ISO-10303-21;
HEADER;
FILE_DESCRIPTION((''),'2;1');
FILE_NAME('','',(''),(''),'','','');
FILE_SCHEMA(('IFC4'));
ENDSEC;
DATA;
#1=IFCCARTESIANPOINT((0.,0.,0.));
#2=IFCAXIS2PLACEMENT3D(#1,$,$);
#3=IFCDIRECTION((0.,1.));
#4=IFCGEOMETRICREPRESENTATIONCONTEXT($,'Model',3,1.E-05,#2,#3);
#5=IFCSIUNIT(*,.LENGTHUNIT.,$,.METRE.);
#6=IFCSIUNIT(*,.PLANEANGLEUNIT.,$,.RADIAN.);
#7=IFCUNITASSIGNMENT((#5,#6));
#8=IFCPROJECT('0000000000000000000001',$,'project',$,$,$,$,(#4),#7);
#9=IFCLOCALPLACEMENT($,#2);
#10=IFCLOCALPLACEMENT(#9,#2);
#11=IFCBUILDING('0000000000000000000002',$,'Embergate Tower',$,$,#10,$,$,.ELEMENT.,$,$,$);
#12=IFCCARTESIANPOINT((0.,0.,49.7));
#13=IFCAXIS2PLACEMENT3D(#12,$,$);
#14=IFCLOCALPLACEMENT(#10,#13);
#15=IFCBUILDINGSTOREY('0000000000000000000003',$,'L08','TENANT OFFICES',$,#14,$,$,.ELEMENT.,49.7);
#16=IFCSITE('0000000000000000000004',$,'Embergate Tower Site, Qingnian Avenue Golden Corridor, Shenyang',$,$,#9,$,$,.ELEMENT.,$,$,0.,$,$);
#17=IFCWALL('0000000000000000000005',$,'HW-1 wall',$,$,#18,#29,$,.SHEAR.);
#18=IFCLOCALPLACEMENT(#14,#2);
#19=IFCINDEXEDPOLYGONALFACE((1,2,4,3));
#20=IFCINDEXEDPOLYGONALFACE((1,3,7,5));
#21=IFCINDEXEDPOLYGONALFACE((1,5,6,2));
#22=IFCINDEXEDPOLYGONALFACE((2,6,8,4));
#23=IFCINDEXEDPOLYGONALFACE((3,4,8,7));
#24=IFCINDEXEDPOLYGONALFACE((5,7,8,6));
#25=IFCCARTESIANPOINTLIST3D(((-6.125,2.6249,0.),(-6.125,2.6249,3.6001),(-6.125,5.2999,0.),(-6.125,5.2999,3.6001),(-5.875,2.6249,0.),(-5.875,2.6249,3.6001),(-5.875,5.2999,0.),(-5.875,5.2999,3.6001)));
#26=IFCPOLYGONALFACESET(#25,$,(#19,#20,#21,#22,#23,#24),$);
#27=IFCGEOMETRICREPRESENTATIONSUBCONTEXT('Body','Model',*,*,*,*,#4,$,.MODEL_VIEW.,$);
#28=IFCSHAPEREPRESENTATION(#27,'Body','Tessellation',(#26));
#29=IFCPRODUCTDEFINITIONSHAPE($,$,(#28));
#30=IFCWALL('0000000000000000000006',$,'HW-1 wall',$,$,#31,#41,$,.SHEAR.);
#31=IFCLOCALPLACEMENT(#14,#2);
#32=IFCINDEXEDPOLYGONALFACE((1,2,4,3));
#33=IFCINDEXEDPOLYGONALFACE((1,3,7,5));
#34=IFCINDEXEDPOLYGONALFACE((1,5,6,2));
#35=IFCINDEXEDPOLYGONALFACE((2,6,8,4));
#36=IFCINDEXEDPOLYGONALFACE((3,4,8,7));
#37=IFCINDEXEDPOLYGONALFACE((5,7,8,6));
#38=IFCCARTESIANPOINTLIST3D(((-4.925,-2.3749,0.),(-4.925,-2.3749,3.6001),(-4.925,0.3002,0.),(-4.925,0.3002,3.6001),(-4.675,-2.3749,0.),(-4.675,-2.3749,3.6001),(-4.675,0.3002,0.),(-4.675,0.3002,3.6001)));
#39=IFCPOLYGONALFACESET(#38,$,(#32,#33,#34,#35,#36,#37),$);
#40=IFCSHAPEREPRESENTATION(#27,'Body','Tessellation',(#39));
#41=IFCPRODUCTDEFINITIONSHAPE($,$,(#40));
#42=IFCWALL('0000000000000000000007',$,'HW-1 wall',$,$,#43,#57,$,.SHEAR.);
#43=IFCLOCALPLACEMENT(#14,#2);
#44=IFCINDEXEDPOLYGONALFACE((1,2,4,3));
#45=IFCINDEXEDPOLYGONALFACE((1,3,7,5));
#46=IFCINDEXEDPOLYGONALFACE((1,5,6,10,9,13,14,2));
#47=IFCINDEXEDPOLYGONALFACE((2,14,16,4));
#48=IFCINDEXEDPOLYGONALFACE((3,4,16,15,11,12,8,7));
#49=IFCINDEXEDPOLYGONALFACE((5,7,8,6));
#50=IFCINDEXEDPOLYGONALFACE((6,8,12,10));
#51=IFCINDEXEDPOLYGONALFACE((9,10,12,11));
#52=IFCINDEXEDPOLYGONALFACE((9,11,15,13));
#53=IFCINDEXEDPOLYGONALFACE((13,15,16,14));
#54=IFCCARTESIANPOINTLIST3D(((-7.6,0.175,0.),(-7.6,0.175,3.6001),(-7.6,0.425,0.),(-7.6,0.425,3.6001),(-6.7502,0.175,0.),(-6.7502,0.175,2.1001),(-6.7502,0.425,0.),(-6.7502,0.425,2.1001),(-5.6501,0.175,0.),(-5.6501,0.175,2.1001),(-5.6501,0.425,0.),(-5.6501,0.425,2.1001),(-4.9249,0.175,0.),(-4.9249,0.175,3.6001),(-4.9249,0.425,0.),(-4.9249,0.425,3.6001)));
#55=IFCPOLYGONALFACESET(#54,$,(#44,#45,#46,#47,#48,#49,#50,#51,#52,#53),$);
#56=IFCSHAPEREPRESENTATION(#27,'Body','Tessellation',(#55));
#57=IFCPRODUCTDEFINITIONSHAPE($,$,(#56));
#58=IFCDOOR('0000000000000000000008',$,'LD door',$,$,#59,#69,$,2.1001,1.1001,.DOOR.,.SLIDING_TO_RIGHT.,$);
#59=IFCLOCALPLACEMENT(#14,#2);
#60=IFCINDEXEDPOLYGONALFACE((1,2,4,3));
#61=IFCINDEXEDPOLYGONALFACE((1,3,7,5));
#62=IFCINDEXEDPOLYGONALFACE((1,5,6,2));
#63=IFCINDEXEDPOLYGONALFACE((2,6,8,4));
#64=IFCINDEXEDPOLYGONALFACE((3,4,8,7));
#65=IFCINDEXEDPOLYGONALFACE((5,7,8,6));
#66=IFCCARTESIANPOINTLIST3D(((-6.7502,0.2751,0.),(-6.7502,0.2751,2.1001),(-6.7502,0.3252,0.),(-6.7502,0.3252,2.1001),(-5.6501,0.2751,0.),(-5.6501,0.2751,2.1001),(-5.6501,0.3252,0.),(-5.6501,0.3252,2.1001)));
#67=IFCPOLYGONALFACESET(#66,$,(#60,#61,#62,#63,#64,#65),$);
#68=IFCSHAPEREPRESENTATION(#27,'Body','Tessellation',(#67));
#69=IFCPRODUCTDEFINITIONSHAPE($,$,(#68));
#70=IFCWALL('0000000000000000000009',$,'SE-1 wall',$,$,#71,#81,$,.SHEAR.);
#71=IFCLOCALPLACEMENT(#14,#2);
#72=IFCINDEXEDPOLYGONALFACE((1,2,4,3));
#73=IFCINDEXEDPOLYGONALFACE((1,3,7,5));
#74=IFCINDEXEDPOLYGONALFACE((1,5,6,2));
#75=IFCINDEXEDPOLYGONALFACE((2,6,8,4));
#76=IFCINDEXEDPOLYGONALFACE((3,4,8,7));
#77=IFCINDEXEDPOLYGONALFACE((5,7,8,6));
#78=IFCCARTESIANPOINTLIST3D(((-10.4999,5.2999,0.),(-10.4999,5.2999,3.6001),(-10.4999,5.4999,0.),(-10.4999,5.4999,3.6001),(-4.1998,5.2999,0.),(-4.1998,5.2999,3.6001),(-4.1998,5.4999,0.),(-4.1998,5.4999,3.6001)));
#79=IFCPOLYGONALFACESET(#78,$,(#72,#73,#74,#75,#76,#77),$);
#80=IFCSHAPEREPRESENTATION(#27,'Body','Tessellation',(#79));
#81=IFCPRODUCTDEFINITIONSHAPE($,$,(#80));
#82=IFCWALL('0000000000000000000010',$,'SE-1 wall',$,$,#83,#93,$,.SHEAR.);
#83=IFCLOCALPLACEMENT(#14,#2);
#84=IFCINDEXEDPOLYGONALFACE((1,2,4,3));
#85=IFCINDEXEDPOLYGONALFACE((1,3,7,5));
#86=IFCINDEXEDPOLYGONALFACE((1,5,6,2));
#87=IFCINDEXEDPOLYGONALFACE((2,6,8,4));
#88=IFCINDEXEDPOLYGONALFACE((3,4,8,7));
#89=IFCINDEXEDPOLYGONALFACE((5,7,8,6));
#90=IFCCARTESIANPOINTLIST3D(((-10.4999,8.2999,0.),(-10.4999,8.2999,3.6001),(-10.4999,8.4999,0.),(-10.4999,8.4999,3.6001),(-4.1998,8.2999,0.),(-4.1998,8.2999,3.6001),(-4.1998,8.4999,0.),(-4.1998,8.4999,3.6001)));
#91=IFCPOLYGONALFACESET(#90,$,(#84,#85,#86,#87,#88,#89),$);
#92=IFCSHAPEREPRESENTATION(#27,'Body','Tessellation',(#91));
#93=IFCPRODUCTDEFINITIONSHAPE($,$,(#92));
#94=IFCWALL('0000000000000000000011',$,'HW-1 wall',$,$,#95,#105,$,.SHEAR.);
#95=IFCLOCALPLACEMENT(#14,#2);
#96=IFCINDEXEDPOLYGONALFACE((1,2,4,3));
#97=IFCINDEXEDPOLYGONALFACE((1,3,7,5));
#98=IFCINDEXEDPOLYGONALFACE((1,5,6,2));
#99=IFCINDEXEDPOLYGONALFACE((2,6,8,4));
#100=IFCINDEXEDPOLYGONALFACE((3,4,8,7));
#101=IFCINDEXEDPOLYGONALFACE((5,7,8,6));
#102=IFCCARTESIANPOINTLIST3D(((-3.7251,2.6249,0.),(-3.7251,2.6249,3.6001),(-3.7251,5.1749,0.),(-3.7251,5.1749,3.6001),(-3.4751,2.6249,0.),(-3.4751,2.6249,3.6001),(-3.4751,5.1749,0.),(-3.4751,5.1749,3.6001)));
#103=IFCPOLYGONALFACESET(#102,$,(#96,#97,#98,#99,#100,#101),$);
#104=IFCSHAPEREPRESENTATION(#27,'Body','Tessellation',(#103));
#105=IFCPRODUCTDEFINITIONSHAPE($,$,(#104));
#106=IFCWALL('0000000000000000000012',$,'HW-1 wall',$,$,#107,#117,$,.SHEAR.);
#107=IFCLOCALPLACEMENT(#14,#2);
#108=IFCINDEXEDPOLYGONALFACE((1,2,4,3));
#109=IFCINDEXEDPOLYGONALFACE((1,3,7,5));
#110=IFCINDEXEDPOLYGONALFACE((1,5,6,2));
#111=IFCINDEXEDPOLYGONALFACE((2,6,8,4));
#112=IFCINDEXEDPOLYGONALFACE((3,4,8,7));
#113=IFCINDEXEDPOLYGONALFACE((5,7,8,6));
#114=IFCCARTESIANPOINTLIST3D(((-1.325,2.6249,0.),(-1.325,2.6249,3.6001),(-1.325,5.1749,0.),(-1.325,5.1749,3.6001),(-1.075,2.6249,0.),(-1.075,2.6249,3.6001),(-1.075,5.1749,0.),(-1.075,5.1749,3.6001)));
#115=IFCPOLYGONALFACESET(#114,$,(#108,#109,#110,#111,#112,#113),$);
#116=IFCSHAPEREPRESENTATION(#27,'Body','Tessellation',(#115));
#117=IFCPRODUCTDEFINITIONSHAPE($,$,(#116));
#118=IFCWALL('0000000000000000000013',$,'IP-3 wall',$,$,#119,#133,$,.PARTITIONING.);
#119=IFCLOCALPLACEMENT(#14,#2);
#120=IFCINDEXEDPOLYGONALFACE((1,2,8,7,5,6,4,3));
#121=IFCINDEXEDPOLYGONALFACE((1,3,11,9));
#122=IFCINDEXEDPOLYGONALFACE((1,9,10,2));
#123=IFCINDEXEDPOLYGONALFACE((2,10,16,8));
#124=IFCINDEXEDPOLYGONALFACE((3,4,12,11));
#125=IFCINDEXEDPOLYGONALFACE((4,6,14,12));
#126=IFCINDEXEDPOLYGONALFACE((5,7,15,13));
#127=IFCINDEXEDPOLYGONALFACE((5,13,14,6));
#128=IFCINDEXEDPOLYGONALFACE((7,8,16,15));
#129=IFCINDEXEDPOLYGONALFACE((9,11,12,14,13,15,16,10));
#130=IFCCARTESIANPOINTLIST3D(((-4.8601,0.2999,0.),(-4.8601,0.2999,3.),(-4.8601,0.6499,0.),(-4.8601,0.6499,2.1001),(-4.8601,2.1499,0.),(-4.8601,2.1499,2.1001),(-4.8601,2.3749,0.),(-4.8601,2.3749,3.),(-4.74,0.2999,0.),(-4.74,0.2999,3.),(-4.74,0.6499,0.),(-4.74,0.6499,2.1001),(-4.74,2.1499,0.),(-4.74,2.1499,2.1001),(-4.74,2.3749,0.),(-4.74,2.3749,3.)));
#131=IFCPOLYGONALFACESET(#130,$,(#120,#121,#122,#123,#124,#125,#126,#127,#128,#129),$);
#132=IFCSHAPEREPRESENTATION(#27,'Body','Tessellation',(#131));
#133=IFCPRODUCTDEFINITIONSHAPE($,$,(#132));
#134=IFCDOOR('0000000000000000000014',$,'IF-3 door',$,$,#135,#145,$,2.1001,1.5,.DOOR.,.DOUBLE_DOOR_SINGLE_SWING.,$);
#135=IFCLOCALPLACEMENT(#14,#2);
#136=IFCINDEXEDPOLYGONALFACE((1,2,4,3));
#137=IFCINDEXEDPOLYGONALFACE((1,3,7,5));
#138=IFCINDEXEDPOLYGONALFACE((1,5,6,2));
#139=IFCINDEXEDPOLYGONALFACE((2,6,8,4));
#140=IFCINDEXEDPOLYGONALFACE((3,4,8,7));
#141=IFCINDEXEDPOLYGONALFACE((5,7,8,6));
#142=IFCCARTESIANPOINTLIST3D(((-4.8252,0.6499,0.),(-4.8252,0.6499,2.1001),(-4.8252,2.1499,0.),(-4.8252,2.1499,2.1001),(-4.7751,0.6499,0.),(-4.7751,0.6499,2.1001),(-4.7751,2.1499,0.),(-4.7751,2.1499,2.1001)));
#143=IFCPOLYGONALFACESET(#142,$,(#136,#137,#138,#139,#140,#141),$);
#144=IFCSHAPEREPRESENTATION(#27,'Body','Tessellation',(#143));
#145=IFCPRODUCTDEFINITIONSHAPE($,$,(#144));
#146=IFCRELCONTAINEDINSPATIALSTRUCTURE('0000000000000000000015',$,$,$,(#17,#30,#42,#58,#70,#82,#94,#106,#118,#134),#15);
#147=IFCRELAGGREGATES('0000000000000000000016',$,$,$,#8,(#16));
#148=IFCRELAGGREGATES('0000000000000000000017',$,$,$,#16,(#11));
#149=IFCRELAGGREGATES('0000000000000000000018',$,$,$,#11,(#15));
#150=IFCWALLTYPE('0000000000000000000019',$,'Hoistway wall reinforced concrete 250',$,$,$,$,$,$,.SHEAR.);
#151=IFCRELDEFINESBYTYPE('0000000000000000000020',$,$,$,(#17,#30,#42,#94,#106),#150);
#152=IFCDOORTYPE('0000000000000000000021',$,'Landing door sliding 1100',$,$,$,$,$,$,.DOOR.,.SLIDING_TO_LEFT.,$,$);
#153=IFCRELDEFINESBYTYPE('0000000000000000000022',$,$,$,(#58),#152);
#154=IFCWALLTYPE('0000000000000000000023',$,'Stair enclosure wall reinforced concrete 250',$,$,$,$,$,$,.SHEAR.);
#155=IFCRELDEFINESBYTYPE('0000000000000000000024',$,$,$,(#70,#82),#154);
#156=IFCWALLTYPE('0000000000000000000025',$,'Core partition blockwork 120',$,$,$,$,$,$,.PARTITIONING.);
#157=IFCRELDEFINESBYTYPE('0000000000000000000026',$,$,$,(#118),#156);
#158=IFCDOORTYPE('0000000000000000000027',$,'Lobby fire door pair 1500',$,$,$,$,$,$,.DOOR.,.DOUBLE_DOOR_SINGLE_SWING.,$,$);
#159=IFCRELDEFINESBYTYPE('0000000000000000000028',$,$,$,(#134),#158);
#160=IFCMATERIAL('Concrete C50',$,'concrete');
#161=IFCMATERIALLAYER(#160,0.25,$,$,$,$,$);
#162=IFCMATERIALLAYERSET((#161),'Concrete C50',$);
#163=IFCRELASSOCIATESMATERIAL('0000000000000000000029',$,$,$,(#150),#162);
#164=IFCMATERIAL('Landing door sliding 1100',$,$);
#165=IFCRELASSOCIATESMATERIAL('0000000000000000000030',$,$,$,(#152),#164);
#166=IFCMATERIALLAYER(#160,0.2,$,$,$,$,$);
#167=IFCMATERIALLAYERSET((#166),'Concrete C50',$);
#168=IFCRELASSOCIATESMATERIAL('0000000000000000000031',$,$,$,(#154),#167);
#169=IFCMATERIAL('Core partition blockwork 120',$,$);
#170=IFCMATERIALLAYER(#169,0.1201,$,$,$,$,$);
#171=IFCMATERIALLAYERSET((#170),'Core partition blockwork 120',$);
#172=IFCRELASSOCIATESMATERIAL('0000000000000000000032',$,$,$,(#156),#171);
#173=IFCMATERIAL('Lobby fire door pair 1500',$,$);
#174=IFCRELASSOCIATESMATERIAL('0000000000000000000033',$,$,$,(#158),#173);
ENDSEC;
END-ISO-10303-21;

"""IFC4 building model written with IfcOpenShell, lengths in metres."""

from ifc_helpers import new_model, si_unit, direction, frame, frame_2d, origin, place, context, subcontext, project, spatial, rectangle, extrude, source, transform, mapped, material, layer, layer_set, type_object, element, fill, save


model = new_model("IFC4")

# Units and contexts
model_context = context("Model", 3, precision=1e-05, world=origin(), true_north=direction((0.0, 1.0)))
body_context = subcontext(model_context, "Body", "Model", "MODEL_VIEW")
ifc_project = project(units=[si_unit("LENGTHUNIT", "METRE"), si_unit("PLANEANGLEUNIT", "RADIAN")], contexts=[model_context])

# Site, building, storey
site_placement = place(None, origin())
site = spatial("IfcSite", under=ifc_project, at=site_placement, Name="Embergate Tower Site, Qingnian Avenue Golden Corridor, Shenyang", CompositionType="ELEMENT", RefElevation=0.0)
building_placement = place(site_placement, origin())
building = spatial("IfcBuilding", under=site, at=building_placement, Name="Embergate Tower", CompositionType="ELEMENT")
storey_placement = place(building_placement, frame((0.0, 0.0, 49.7)))
storey = spatial("IfcBuildingStorey", under=building, at=storey_placement, Name="L08", Description="TENANT OFFICES", CompositionType="ELEMENT", Elevation=49.7)

# Walls
ifc_material_1 = material(Name="Concrete C50", Category="concrete")
ifc_layer_1 = layer(ifc_material_1, 0.25)
ifc_layer_set_1 = layer_set([ifc_layer_1], Name="Concrete C50")
wall_type_1 = type_object("IfcWallType", Name="Hoistway wall reinforced concrete 250", PredefinedType="SHEAR", material=ifc_layer_set_1)
shared_shape_1 = source(origin(), body_context, "Body", "SweptSolid", [
    extrude(rectangle(XDim=2.675, YDim=0.25, at=frame_2d((1.3374, 0.0))), origin(), (0.0, 0.0, 1.0), 3.6001),
])
for number, where, z_axis, x_axis, name in (
    (1, (-6.0, 2.625, 0.0), (0.0, 0.0, 1.0), (0.0, 1.0, 0.0), "HW-1 wall"),
    (2, (-4.8, 0.3, 0.0), (0.0, 0.0, 1.0), (0.0, -1.0, 0.0), "HW-1 wall"),
):
    element("IfcWall", number, at=place(storey_placement, frame(where, z_axis=z_axis, x_axis=x_axis)), inside=storey, type_object=wall_type_1, Name=name, PredefinedType="SHEAR", context=body_context, shape_type="MappedRepresentation", body=[
        mapped(shared_shape_1, transform((0.0, 0.0, 0.0))),
    ])

# Wall, opening, door
wall_1_placement = place(storey_placement, frame((-4.925, 0.3, 0.0), z_axis=(0.0, 0.0, 1.0), x_axis=(-1.0, 0.0, 0.0)))
wall_1 = element("IfcWall", 3, at=wall_1_placement, inside=storey, type_object=wall_type_1, Name="HW-1 wall", PredefinedType="SHEAR", context=body_context, shape_type="MappedRepresentation", body=[
    mapped(shared_shape_1, transform((0.0, 0.0, 0.0))),
])
shared_shape_2 = source(origin(), body_context, "Body", "SweptSolid", [
    extrude(rectangle(XDim=1.1001, YDim=2.1001, at=frame_2d((0.55, 1.05))), frame((0.0, 0.135, 0.0), z_axis=(0.0, -1.0, 0.0), x_axis=(1.0, 0.0, 0.0)), (0.0, 0.0, 1.0), 0.27),
])
opening_1_placement = place(wall_1_placement, frame((0.7251, 0.0, 0.0)))
opening_1 = element("IfcOpeningElement", 4, at=opening_1_placement, cuts=wall_1, PredefinedType="OPENING", context=body_context, shape_type="MappedRepresentation", body=[
    mapped(shared_shape_2, transform((0.0, 0.0, 0.0))),
])
ifc_material_2 = material(Name="Landing door sliding 1100")
door_type_1 = type_object("IfcDoorType", Name="Landing door sliding 1100", OperationType="SLIDING_TO_LEFT", PredefinedType="DOOR", material=ifc_material_2)
shared_shape_3 = source(origin(), body_context, "Body", "SweptSolid", [
    extrude(rectangle(XDim=1.1001, YDim=2.1001, at=frame_2d((0.55, 1.05))), frame((0.0, 0.0249, 0.0), z_axis=(0.0, -1.0, 0.0), x_axis=(1.0, 0.0, 0.0)), (0.0, 0.0, 1.0), 0.05),
])
door_1_placement = place(opening_1_placement, origin())
door_1 = element("IfcDoor", 5, at=door_1_placement, inside=storey, type_object=door_type_1, Name="LD door", OperationType="SLIDING_TO_RIGHT", OverallHeight=2.1001, OverallWidth=1.1001, PredefinedType="DOOR", context=body_context, shape_type="MappedRepresentation", body=[
    mapped(shared_shape_3, transform((0.0, 0.0, 0.0))),
])
fill(opening_1, door_1)

# Walls
ifc_layer_2 = layer(ifc_material_1, 0.2)
ifc_layer_set_2 = layer_set([ifc_layer_2], Name="Concrete C50")
wall_type_2 = type_object("IfcWallType", Name="Stair enclosure wall reinforced concrete 250", PredefinedType="SHEAR", material=ifc_layer_set_2)
shared_shape_4 = source(origin(), body_context, "Body", "SweptSolid", [
    extrude(rectangle(XDim=6.3, YDim=0.2, at=frame_2d((3.1499, 0.0))), origin(), (0.0, 0.0, 1.0), 3.6001),
])
for number, where, z_axis, x_axis, name in (
    (6, (-4.2, 5.3999, 0.0), (0.0, 0.0, 1.0), (-1.0, 0.0, 0.0), "SE-1 wall"),
    (7, (-4.2, 8.3999, 0.0), (0.0, 0.0, 1.0), (-1.0, 0.0, 0.0), "SE-1 wall"),
):
    element("IfcWall", number, at=place(storey_placement, frame(where, z_axis=z_axis, x_axis=x_axis)), inside=storey, type_object=wall_type_2, Name=name, PredefinedType="SHEAR", context=body_context, shape_type="MappedRepresentation", body=[
        mapped(shared_shape_4, transform((0.0, 0.0, 0.0))),
    ])
shared_shape_5 = source(origin(), body_context, "Body", "SweptSolid", [
    extrude(rectangle(XDim=2.55, YDim=0.25, at=frame_2d((1.2749, 0.0))), origin(), (0.0, 0.0, 1.0), 3.6001),
])
for number, where, z_axis, x_axis, name in (
    (8, (-3.6001, 2.625, 0.0), (0.0, 0.0, 1.0), (0.0, 1.0, 0.0), "HW-1 wall"),
    (9, (-1.2, 2.625, 0.0), (0.0, 0.0, 1.0), (0.0, 1.0, 0.0), "HW-1 wall"),
):
    element("IfcWall", number, at=place(storey_placement, frame(where, z_axis=z_axis, x_axis=x_axis)), inside=storey, type_object=wall_type_1, Name=name, PredefinedType="SHEAR", context=body_context, shape_type="MappedRepresentation", body=[
        mapped(shared_shape_5, transform((0.0, 0.0, 0.0))),
    ])

# Wall, opening, door
ifc_material_3 = material(Name="Core partition blockwork 120")
ifc_layer_3 = layer(ifc_material_3, 0.1201)
ifc_layer_set_3 = layer_set([ifc_layer_3], Name="Core partition blockwork 120")
wall_type_3 = type_object("IfcWallType", Name="Core partition blockwork 120", PredefinedType="PARTITIONING", material=ifc_layer_set_3)
shared_shape_6 = source(origin(), body_context, "Body", "SweptSolid", [
    extrude(rectangle(XDim=2.075, YDim=0.1201, at=frame_2d((1.0376, 0.0))), origin(), (0.0, 0.0, 1.0), 3.0),
])
wall_2_placement = place(storey_placement, frame((-4.8, 2.375, 0.0), z_axis=(0.0, 0.0, 1.0), x_axis=(0.0, -1.0, 0.0)))
wall_2 = element("IfcWall", 10, at=wall_2_placement, inside=storey, type_object=wall_type_3, Name="IP-3 wall", PredefinedType="PARTITIONING", context=body_context, shape_type="MappedRepresentation", body=[
    mapped(shared_shape_6, transform((0.0, 0.0, 0.0))),
])
shared_shape_7 = source(origin(), body_context, "Body", "SweptSolid", [
    extrude(rectangle(XDim=1.5, YDim=2.1001, at=frame_2d((0.75, 1.05))), frame((0.0, 0.0701, 0.0), z_axis=(0.0, -1.0, 0.0), x_axis=(1.0, 0.0, 0.0)), (0.0, 0.0, 1.0), 0.1401),
])
opening_2_placement = place(wall_2_placement, frame((0.2251, 0.0, 0.0)))
opening_2 = element("IfcOpeningElement", 11, at=opening_2_placement, cuts=wall_2, PredefinedType="OPENING", context=body_context, shape_type="MappedRepresentation", body=[
    mapped(shared_shape_7, transform((0.0, 0.0, 0.0))),
])
ifc_material_4 = material(Name="Lobby fire door pair 1500")
door_type_2 = type_object("IfcDoorType", Name="Lobby fire door pair 1500", OperationType="DOUBLE_DOOR_SINGLE_SWING", PredefinedType="DOOR", material=ifc_material_4)
shared_shape_8 = source(origin(), body_context, "Body", "SweptSolid", [
    extrude(rectangle(XDim=1.5, YDim=2.1001, at=frame_2d((0.75, 1.05))), frame((0.0, 0.0249, 0.0), z_axis=(0.0, -1.0, 0.0), x_axis=(1.0, 0.0, 0.0)), (0.0, 0.0, 1.0), 0.05),
])
door_2_placement = place(opening_2_placement, origin())
door_2 = element("IfcDoor", 12, at=door_2_placement, inside=storey, type_object=door_type_2, Name="IF-3 door", OperationType="DOUBLE_DOOR_SINGLE_SWING", OverallHeight=2.1001, OverallWidth=1.5, PredefinedType="DOOR", context=body_context, shape_type="MappedRepresentation", body=[
    mapped(shared_shape_8, transform((0.0, 0.0, 0.0))),
])
fill(opening_2, door_2)

save(model, "model.ifc")
